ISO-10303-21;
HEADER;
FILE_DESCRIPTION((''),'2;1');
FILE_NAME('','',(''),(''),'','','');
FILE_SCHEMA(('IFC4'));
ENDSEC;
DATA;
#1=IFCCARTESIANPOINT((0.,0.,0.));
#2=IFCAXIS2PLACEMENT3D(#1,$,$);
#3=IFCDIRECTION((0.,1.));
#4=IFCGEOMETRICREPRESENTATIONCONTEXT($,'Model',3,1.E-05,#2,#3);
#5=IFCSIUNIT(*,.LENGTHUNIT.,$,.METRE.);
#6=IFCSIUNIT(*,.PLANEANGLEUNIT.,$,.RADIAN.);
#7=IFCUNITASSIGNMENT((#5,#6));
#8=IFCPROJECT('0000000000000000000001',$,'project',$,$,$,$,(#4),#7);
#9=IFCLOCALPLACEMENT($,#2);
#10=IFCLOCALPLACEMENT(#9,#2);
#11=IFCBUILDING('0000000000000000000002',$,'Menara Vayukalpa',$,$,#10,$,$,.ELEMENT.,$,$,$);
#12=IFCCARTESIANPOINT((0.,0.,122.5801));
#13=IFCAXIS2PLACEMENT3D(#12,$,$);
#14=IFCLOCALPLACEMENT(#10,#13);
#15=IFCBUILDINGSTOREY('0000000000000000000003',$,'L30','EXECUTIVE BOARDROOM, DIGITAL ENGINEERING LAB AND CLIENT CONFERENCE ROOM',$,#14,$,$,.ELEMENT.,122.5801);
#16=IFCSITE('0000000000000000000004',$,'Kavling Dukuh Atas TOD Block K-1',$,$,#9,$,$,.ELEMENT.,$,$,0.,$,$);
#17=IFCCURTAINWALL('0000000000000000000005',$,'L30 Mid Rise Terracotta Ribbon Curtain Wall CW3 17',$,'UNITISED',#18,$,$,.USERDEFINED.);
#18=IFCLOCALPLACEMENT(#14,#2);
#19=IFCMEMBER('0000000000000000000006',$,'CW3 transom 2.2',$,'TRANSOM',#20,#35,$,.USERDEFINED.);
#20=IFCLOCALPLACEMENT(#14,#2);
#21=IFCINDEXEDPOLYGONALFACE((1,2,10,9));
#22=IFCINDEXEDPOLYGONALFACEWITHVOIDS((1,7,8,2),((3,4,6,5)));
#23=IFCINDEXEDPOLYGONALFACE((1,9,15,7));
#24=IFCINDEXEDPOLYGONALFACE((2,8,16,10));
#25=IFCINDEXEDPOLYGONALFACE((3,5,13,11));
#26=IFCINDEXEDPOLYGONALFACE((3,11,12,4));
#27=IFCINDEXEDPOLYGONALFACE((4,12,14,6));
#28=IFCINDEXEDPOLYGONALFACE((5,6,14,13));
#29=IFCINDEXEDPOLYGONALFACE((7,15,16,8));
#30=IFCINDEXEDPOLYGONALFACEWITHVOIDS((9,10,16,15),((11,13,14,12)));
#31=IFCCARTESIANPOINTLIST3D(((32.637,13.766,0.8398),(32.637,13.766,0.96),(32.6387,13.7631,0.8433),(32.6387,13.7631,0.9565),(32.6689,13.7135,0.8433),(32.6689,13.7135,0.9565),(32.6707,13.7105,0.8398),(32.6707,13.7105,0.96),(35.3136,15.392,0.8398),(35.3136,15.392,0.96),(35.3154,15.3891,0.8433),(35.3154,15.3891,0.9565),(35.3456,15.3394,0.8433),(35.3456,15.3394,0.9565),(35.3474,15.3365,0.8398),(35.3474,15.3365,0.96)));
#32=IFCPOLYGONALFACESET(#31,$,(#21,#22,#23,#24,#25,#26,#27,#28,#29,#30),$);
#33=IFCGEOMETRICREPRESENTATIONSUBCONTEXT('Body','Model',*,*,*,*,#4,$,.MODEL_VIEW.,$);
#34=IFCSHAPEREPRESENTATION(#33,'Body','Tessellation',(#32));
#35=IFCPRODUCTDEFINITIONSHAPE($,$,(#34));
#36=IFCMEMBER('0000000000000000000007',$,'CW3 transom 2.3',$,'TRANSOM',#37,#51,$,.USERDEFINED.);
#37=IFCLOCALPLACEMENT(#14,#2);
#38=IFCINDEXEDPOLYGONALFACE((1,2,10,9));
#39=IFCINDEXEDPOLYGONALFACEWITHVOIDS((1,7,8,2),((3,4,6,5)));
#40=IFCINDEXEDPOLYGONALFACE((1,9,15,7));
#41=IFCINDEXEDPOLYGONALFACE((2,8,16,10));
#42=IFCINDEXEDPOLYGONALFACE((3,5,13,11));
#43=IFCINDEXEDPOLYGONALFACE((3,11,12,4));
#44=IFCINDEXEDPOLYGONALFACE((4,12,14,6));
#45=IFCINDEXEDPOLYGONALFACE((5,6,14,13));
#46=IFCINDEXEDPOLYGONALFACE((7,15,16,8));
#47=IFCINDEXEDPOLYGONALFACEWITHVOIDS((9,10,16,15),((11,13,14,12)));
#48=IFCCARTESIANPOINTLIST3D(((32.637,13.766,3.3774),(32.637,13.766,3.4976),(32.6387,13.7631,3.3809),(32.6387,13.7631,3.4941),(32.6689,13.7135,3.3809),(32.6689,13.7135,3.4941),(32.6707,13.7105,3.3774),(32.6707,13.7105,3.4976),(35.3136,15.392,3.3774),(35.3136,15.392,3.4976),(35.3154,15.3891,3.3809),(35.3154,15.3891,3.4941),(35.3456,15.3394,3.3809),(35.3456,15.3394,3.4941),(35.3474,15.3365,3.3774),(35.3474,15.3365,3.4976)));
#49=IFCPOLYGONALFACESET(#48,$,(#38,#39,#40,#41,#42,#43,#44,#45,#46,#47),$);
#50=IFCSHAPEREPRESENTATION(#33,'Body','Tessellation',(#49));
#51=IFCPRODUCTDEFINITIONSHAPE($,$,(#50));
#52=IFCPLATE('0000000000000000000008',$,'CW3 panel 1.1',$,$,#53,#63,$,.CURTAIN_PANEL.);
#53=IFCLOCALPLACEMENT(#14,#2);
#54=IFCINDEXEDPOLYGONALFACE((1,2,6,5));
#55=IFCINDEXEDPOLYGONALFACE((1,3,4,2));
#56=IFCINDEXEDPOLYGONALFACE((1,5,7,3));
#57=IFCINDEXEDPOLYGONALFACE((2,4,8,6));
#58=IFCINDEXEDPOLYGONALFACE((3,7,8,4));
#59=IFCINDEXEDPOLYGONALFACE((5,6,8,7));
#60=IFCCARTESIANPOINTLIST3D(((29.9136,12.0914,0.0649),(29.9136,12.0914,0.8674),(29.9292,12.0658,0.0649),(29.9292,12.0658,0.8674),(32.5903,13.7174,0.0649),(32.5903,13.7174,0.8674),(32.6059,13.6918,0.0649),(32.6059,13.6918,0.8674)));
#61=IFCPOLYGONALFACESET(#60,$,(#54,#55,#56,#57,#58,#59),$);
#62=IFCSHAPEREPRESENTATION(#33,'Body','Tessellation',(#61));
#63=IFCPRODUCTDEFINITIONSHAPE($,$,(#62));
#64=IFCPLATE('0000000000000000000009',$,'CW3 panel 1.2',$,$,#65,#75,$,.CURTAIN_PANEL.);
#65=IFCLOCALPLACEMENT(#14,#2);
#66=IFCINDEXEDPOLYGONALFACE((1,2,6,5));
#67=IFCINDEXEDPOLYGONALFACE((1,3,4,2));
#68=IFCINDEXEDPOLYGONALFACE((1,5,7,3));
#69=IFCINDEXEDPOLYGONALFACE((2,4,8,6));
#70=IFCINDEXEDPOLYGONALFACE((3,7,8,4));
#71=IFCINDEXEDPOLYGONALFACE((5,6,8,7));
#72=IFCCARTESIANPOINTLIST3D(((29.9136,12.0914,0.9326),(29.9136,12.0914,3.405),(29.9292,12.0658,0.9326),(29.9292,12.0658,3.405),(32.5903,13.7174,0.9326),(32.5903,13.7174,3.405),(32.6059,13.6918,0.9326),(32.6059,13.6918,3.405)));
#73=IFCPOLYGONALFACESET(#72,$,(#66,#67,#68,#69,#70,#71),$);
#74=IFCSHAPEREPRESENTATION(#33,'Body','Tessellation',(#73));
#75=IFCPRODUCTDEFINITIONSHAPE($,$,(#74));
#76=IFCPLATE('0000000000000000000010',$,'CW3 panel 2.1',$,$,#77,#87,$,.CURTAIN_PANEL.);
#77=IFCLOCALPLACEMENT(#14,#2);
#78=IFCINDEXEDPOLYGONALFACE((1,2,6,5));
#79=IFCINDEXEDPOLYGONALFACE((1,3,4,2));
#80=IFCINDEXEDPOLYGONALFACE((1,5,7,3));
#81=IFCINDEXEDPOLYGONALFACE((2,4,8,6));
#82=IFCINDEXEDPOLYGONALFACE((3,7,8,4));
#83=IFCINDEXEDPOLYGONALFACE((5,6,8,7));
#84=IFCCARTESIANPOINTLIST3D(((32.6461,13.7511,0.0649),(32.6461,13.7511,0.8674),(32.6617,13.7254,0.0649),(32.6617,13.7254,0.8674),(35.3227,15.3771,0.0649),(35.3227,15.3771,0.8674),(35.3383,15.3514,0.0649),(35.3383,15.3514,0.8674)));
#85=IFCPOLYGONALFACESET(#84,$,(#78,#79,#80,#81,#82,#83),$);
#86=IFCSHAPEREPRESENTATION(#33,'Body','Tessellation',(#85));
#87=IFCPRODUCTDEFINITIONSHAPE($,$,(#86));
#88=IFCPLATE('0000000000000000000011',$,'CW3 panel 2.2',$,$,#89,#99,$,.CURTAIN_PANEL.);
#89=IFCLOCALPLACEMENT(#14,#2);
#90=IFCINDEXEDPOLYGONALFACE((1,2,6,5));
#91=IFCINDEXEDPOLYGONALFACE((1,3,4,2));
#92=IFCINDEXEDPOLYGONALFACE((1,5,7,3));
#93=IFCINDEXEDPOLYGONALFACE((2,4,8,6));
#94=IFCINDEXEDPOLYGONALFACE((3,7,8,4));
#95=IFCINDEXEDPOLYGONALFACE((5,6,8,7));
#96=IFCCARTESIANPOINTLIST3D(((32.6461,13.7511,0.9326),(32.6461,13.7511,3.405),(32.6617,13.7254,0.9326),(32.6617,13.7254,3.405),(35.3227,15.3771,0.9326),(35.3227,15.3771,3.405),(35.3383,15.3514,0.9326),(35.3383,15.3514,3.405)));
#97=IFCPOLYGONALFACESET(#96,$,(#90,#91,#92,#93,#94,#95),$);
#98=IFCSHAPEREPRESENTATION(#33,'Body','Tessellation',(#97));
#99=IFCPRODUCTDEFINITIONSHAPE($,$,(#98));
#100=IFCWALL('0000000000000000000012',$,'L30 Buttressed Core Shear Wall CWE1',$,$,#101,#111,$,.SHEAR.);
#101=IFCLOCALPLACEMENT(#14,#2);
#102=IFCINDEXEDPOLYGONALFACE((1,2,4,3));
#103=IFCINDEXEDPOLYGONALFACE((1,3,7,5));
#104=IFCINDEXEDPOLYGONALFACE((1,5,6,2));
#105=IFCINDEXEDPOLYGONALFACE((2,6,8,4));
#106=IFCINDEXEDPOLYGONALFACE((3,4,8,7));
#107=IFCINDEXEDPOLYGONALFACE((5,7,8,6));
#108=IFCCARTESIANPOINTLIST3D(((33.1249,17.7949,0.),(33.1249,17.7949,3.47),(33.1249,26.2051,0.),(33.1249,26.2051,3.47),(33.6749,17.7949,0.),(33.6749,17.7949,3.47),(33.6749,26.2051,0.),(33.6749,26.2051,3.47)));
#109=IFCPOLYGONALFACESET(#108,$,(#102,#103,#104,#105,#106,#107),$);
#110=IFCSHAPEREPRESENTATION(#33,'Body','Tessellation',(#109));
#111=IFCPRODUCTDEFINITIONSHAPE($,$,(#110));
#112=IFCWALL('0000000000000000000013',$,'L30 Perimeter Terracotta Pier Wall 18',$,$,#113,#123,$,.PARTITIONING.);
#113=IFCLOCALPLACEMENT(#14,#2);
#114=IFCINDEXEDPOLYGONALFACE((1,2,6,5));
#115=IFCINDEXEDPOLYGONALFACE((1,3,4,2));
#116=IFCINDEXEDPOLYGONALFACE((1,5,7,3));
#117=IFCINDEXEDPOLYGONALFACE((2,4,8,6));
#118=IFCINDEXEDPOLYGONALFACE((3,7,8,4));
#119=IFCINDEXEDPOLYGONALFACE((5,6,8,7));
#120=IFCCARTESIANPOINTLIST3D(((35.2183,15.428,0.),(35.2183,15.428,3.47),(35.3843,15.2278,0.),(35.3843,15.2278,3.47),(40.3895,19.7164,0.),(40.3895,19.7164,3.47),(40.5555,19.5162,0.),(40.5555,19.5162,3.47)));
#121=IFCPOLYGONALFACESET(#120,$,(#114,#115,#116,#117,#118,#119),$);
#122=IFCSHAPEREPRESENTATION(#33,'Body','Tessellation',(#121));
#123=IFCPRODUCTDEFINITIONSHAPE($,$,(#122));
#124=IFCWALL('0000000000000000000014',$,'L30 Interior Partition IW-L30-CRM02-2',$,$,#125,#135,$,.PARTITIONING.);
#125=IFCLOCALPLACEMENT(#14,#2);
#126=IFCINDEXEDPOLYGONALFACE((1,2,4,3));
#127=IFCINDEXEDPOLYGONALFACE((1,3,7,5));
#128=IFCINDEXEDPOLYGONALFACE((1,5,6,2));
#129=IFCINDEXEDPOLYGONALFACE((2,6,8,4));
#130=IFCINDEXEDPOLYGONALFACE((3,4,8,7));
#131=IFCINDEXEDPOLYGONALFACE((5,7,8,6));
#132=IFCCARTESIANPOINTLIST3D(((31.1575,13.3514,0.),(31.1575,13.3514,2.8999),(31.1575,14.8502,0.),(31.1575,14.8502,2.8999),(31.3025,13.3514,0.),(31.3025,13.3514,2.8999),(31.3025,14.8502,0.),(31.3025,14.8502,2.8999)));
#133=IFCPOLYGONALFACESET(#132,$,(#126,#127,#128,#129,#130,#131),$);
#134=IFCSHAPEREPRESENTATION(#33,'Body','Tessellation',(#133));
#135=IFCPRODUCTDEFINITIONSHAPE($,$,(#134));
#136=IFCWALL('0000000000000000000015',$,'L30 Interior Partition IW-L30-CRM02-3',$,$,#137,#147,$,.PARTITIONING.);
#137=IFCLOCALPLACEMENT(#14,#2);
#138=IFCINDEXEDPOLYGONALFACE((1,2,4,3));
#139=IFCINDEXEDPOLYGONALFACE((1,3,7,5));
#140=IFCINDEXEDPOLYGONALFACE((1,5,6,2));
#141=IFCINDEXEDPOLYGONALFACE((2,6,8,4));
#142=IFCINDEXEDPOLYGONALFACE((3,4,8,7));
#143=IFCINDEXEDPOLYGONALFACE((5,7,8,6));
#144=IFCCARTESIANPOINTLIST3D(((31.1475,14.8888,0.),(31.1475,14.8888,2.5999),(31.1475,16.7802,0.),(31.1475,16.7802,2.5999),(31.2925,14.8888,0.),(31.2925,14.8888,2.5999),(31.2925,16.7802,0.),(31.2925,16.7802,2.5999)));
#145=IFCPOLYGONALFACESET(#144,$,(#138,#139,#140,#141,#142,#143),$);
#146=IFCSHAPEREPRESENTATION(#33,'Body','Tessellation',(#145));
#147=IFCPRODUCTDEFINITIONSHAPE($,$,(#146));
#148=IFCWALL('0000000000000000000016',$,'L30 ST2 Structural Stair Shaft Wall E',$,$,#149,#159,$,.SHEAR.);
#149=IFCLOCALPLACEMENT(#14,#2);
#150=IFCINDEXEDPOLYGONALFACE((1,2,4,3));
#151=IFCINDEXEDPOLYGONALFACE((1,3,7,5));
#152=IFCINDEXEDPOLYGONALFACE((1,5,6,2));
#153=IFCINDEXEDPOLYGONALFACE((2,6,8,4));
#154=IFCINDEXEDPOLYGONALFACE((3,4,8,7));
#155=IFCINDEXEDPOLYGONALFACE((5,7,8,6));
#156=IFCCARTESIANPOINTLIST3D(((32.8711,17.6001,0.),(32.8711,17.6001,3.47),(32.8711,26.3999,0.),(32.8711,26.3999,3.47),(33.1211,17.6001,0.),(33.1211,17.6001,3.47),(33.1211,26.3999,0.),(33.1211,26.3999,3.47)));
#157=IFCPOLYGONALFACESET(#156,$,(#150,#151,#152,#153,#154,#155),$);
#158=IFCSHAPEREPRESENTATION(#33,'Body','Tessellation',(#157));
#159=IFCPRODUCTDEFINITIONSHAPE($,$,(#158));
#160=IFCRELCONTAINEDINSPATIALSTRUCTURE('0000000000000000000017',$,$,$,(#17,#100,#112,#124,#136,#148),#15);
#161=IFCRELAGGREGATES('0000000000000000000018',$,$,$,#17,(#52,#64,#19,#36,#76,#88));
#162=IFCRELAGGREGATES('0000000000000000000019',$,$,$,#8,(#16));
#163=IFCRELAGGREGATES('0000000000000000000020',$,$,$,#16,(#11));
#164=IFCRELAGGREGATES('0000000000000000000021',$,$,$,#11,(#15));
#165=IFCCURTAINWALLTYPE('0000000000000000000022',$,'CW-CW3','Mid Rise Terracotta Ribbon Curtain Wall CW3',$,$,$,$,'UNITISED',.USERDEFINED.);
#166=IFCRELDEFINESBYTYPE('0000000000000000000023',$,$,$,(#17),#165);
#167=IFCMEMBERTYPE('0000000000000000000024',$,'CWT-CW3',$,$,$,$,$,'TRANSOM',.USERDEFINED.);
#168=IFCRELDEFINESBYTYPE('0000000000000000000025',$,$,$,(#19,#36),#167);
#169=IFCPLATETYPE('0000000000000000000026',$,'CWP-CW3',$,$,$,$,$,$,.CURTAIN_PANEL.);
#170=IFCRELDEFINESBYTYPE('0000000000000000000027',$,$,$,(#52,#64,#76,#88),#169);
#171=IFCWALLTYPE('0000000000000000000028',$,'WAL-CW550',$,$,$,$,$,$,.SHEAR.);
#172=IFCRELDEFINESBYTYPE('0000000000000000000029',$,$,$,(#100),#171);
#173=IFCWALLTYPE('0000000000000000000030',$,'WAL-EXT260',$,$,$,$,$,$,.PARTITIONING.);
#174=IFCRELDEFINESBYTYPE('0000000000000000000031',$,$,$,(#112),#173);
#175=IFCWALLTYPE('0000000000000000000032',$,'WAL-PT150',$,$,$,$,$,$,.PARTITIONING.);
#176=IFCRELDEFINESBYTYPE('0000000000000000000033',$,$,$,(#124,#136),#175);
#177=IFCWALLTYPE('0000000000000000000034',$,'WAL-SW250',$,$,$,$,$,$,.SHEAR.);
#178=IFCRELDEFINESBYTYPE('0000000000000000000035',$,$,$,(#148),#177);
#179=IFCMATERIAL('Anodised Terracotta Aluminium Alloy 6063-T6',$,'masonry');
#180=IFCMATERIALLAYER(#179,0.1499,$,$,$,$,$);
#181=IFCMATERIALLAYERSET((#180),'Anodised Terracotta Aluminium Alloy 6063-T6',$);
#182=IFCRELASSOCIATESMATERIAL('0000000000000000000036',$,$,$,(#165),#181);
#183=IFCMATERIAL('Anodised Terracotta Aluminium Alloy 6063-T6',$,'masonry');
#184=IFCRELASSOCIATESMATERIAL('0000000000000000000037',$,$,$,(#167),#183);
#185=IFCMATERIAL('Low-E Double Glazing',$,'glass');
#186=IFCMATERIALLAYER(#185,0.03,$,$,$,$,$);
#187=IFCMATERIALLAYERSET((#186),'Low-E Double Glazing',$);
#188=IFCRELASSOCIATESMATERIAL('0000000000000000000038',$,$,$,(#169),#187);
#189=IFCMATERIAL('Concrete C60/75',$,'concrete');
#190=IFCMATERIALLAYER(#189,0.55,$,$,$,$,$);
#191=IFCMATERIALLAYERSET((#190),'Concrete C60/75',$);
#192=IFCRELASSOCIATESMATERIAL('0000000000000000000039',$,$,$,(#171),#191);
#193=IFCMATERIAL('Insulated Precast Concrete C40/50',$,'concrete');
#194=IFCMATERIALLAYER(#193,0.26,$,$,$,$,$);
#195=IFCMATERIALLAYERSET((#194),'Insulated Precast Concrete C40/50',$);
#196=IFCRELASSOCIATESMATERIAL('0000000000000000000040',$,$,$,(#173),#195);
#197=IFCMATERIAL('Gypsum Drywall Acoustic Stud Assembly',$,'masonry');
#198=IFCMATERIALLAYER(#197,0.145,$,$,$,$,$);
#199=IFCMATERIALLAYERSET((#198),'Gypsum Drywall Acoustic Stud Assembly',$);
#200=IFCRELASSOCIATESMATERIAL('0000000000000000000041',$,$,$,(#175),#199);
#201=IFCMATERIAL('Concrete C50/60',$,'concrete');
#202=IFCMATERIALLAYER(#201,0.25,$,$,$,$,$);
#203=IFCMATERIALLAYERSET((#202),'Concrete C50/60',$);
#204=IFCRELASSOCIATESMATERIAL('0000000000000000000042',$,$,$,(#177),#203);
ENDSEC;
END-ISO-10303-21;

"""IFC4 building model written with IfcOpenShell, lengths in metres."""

from ifc_helpers import new_model, si_unit, direction, frame, frame_2d, origin, origin_2d, place, context, subcontext, project, spatial, rectangle, hollow_rectangle, extrude, material, layer, layer_set, material_profile, profile_set, type_object, element, aggregate, save


model = new_model("IFC4")

# Units and contexts
model_context = context("Model", 3, precision=1e-05, world=origin(), true_north=direction((0.0, 1.0)))
body_context = subcontext(model_context, "Body", "Model", "MODEL_VIEW")
ifc_project = project(units=[si_unit("LENGTHUNIT", "METRE"), si_unit("PLANEANGLEUNIT", "RADIAN")], contexts=[model_context])

# Site, building, storey
site_placement = place(None, origin())
site = spatial("IfcSite", under=ifc_project, at=site_placement, Name="Kavling Dukuh Atas TOD Block K-1", CompositionType="ELEMENT", RefElevation=0.0)
building_placement = place(site_placement, origin())
building = spatial("IfcBuilding", under=site, at=building_placement, Name="Menara Vayukalpa", CompositionType="ELEMENT")
storey_placement = place(building_placement, frame((0.0, 0.0, 122.5801)))
storey = spatial("IfcBuildingStorey", under=building, at=storey_placement, Name="L30", Description="EXECUTIVE BOARDROOM, DIGITAL ENGINEERING LAB AND CLIENT CONFERENCE ROOM", CompositionType="ELEMENT", Elevation=122.5801)

# Curtain wall, members, plates
ifc_material_1 = material(Name="Anodised Terracotta Aluminium Alloy 6063-T6", Category="masonry")
ifc_layer_1 = layer(ifc_material_1, 0.1499)
ifc_layer_set_1 = layer_set([ifc_layer_1], Name="Anodised Terracotta Aluminium Alloy 6063-T6")
curtain_wall_type = type_object("IfcCurtainWallType", Name="CW-CW3", Description="Mid Rise Terracotta Ribbon Curtain Wall CW3", ElementType="UNITISED", PredefinedType="USERDEFINED", material=ifc_layer_set_1)
curtain_wall_placement = place(storey_placement, origin())
curtain_wall = element("IfcCurtainWall", 1, at=curtain_wall_placement, inside=storey, type_object=curtain_wall_type, Name="L30 Mid Rise Terracotta Ribbon Curtain Wall CW3 17", ObjectType="UNITISED", PredefinedType="USERDEFINED")
ifc_material_2 = material(Name="Anodised Terracotta Aluminium Alloy 6063-T6", Category="masonry")
ifc_material_profile_1 = material_profile(ifc_material_2, hollow_rectangle(XDim=0.0649, YDim=0.1201, WallThickness=0.0034, at=origin_2d()), Name="ALU 65x120x3.5")
ifc_profile_set_1 = profile_set([ifc_material_profile_1], Name="Anodised Terracotta Aluminium Alloy 6063-T6")
member_type_1 = type_object("IfcMemberType", Name="CWT-CW3", ElementType="TRANSOM", PredefinedType="USERDEFINED", material=ifc_profile_set_1)
member_1_placement = place(storey_placement, frame((32.6538, 13.7383, 0.8999), z_axis=(0.854674, 0.519165, 0.0), x_axis=(-0.519165, 0.854674, 0.0)))
member_1 = element("IfcMember", 2, at=member_1_placement, type_object=member_type_1, Name="CW3 transom 2.2", ObjectType="TRANSOM", PredefinedType="USERDEFINED", context=body_context, shape_type="SweptSolid", body=[
    extrude(hollow_rectangle(XDim=0.0649, YDim=0.1201, WallThickness=0.0034, at=origin_2d()), origin(), (0.0, 0.0, 1.0), 3.1318),
])
member_2_placement = place(storey_placement, frame((32.6538, 13.7383, 3.4375), z_axis=(0.854674, 0.519165, 0.0), x_axis=(-0.519165, 0.854674, 0.0)))
member_2 = element("IfcMember", 3, at=member_2_placement, type_object=member_type_1, Name="CW3 transom 2.3", ObjectType="TRANSOM", PredefinedType="USERDEFINED", context=body_context, shape_type="SweptSolid", body=[
    extrude(hollow_rectangle(XDim=0.0649, YDim=0.1201, WallThickness=0.0034, at=origin_2d()), origin(), (0.0, 0.0, 1.0), 3.1318),
])
ifc_material_3 = material(Name="Low-E Double Glazing", Category="glass")
ifc_layer_2 = layer(ifc_material_3, 0.03)
ifc_layer_set_2 = layer_set([ifc_layer_2], Name="Low-E Double Glazing")
plate_type = type_object("IfcPlateType", Name="CWP-CW3", PredefinedType="CURTAIN_PANEL", material=ifc_layer_set_2)
plate_1_placement = place(storey_placement, frame((31.2598, 12.8916, 0.0649), z_axis=(0.0, 0.0, 1.0), x_axis=(0.854663, 0.519183, 0.0)))
plate_1 = element("IfcPlate", 4, at=plate_1_placement, type_object=plate_type, Name="CW3 panel 1.1", PredefinedType="CURTAIN_PANEL", context=body_context, shape_type="SweptSolid", body=[
    extrude(rectangle(XDim=3.1318, YDim=0.03, at=origin_2d()), origin(), (0.0, 0.0, 1.0), 0.8025),
])
plate_2_placement = place(storey_placement, frame((31.2598, 12.8916, 0.9326), z_axis=(0.0, 0.0, 1.0), x_axis=(0.854663, 0.519183, 0.0)))
plate_2 = element("IfcPlate", 5, at=plate_2_placement, type_object=plate_type, Name="CW3 panel 1.2", PredefinedType="CURTAIN_PANEL", context=body_context, shape_type="SweptSolid", body=[
    extrude(rectangle(XDim=3.1318, YDim=0.03, at=origin_2d()), origin(), (0.0, 0.0, 1.0), 2.4724),
])
plate_3_placement = place(storey_placement, frame((33.9922, 14.5513, 0.0649), z_axis=(0.0, 0.0, 1.0), x_axis=(0.854663, 0.519183, 0.0)))
plate_3 = element("IfcPlate", 6, at=plate_3_placement, type_object=plate_type, Name="CW3 panel 2.1", PredefinedType="CURTAIN_PANEL", context=body_context, shape_type="SweptSolid", body=[
    extrude(rectangle(XDim=3.1318, YDim=0.03, at=origin_2d()), origin(), (0.0, 0.0, 1.0), 0.8025),
])
plate_4_placement = place(storey_placement, frame((33.9922, 14.5513, 0.9326), z_axis=(0.0, 0.0, 1.0), x_axis=(0.854663, 0.519183, 0.0)))
plate_4 = element("IfcPlate", 7, at=plate_4_placement, type_object=plate_type, Name="CW3 panel 2.2", PredefinedType="CURTAIN_PANEL", context=body_context, shape_type="SweptSolid", body=[
    extrude(rectangle(XDim=3.1318, YDim=0.03, at=origin_2d()), origin(), (0.0, 0.0, 1.0), 2.4724),
])
aggregate(curtain_wall, [plate_1, plate_2, member_1, member_2, plate_3, plate_4])

# Walls
ifc_material_4 = material(Name="Concrete C60/75", Category="concrete")
ifc_layer_3 = layer(ifc_material_4, 0.55)
ifc_layer_set_3 = layer_set([ifc_layer_3], Name="Concrete C60/75")
wall_type_1 = type_object("IfcWallType", Name="WAL-CW550", PredefinedType="SHEAR", material=ifc_layer_set_3)
wall_1_placement = place(storey_placement, frame((33.3999, 17.7949, 0.0), z_axis=(0.0, 0.0, 1.0), x_axis=(0.0, 1.0, 0.0)))
element("IfcWall", 8, at=wall_1_placement, inside=storey, type_object=wall_type_1, Name="L30 Buttressed Core Shear Wall CWE1", PredefinedType="SHEAR", context=body_context, shape_type="SweptSolid", body=[
    extrude(rectangle(XDim=8.4102, YDim=0.55, at=frame_2d((4.2051, 0.0))), origin(), (0.0, 0.0, 1.0), 3.47),
])
ifc_material_5 = material(Name="Insulated Precast Concrete C40/50", Category="concrete")
ifc_layer_4 = layer(ifc_material_5, 0.26)
ifc_layer_set_4 = layer_set([ifc_layer_4], Name="Insulated Precast Concrete C40/50")
wall_type_2 = type_object("IfcWallType", Name="WAL-EXT260", PredefinedType="PARTITIONING", material=ifc_layer_set_4)
wall_2_placement = place(storey_placement, frame((40.4724, 19.6162, 0.0), z_axis=(0.0, 0.0, 1.0), x_axis=(-0.769753, -0.638342, 0.0)))
element("IfcWall", 9, at=wall_2_placement, inside=storey, type_object=wall_type_2, Name="L30 Perimeter Terracotta Pier Wall 18", PredefinedType="PARTITIONING", context=body_context, shape_type="SweptSolid", body=[
    extrude(rectangle(XDim=6.718, YDim=0.26, at=frame_2d((3.3589, 0.0))), origin(), (0.0, 0.0, 1.0), 3.47),
])
ifc_material_6 = material(Name="Gypsum Drywall Acoustic Stud Assembly", Category="masonry")
ifc_layer_5 = layer(ifc_material_6, 0.145)
ifc_layer_set_5 = layer_set([ifc_layer_5], Name="Gypsum Drywall Acoustic Stud Assembly")
wall_type_3 = type_object("IfcWallType", Name="WAL-PT150", PredefinedType="PARTITIONING", material=ifc_layer_set_5)
wall_3_placement = place(storey_placement, frame((31.23, 13.3513, 0.0), z_axis=(0.0, 0.0, 1.0), x_axis=(0.0, 1.0, 0.0)))
element("IfcWall", 10, at=wall_3_placement, inside=storey, type_object=wall_type_3, Name="L30 Interior Partition IW-L30-CRM02-2", PredefinedType="PARTITIONING", context=body_context, shape_type="SweptSolid", body=[
    extrude(rectangle(XDim=1.4988, YDim=0.145, at=frame_2d((0.7495, 0.0))), origin(), (0.0, 0.0, 1.0), 2.8999),
])
wall_4_placement = place(storey_placement, frame((31.22, 14.8887, 0.0), z_axis=(0.0, 0.0, 1.0), x_axis=(0.0, 1.0, 0.0)))
element("IfcWall", 11, at=wall_4_placement, inside=storey, type_object=wall_type_3, Name="L30 Interior Partition IW-L30-CRM02-3", PredefinedType="PARTITIONING", context=body_context, shape_type="SweptSolid", body=[
    extrude(rectangle(XDim=1.8914, YDim=0.145, at=frame_2d((0.9458, 0.0))), origin(), (0.0, 0.0, 1.0), 2.5999),
])
ifc_material_7 = material(Name="Concrete C50/60", Category="concrete")
ifc_layer_6 = layer(ifc_material_7, 0.25)
ifc_layer_set_6 = layer_set([ifc_layer_6], Name="Concrete C50/60")
wall_type_4 = type_object("IfcWallType", Name="WAL-SW250", PredefinedType="SHEAR", material=ifc_layer_set_6)
wall_5_placement = place(storey_placement, frame((32.9961, 17.6001, 0.0), z_axis=(0.0, 0.0, 1.0), x_axis=(0.0, 1.0, 0.0)))
element("IfcWall", 12, at=wall_5_placement, inside=storey, type_object=wall_type_4, Name="L30 ST2 Structural Stair Shaft Wall E", PredefinedType="SHEAR", context=body_context, shape_type="SweptSolid", body=[
    extrude(rectangle(XDim=8.7998, YDim=0.25, at=frame_2d((4.3999, 0.0))), origin(), (0.0, 0.0, 1.0), 3.47),
])

save(model, "model.ifc")
